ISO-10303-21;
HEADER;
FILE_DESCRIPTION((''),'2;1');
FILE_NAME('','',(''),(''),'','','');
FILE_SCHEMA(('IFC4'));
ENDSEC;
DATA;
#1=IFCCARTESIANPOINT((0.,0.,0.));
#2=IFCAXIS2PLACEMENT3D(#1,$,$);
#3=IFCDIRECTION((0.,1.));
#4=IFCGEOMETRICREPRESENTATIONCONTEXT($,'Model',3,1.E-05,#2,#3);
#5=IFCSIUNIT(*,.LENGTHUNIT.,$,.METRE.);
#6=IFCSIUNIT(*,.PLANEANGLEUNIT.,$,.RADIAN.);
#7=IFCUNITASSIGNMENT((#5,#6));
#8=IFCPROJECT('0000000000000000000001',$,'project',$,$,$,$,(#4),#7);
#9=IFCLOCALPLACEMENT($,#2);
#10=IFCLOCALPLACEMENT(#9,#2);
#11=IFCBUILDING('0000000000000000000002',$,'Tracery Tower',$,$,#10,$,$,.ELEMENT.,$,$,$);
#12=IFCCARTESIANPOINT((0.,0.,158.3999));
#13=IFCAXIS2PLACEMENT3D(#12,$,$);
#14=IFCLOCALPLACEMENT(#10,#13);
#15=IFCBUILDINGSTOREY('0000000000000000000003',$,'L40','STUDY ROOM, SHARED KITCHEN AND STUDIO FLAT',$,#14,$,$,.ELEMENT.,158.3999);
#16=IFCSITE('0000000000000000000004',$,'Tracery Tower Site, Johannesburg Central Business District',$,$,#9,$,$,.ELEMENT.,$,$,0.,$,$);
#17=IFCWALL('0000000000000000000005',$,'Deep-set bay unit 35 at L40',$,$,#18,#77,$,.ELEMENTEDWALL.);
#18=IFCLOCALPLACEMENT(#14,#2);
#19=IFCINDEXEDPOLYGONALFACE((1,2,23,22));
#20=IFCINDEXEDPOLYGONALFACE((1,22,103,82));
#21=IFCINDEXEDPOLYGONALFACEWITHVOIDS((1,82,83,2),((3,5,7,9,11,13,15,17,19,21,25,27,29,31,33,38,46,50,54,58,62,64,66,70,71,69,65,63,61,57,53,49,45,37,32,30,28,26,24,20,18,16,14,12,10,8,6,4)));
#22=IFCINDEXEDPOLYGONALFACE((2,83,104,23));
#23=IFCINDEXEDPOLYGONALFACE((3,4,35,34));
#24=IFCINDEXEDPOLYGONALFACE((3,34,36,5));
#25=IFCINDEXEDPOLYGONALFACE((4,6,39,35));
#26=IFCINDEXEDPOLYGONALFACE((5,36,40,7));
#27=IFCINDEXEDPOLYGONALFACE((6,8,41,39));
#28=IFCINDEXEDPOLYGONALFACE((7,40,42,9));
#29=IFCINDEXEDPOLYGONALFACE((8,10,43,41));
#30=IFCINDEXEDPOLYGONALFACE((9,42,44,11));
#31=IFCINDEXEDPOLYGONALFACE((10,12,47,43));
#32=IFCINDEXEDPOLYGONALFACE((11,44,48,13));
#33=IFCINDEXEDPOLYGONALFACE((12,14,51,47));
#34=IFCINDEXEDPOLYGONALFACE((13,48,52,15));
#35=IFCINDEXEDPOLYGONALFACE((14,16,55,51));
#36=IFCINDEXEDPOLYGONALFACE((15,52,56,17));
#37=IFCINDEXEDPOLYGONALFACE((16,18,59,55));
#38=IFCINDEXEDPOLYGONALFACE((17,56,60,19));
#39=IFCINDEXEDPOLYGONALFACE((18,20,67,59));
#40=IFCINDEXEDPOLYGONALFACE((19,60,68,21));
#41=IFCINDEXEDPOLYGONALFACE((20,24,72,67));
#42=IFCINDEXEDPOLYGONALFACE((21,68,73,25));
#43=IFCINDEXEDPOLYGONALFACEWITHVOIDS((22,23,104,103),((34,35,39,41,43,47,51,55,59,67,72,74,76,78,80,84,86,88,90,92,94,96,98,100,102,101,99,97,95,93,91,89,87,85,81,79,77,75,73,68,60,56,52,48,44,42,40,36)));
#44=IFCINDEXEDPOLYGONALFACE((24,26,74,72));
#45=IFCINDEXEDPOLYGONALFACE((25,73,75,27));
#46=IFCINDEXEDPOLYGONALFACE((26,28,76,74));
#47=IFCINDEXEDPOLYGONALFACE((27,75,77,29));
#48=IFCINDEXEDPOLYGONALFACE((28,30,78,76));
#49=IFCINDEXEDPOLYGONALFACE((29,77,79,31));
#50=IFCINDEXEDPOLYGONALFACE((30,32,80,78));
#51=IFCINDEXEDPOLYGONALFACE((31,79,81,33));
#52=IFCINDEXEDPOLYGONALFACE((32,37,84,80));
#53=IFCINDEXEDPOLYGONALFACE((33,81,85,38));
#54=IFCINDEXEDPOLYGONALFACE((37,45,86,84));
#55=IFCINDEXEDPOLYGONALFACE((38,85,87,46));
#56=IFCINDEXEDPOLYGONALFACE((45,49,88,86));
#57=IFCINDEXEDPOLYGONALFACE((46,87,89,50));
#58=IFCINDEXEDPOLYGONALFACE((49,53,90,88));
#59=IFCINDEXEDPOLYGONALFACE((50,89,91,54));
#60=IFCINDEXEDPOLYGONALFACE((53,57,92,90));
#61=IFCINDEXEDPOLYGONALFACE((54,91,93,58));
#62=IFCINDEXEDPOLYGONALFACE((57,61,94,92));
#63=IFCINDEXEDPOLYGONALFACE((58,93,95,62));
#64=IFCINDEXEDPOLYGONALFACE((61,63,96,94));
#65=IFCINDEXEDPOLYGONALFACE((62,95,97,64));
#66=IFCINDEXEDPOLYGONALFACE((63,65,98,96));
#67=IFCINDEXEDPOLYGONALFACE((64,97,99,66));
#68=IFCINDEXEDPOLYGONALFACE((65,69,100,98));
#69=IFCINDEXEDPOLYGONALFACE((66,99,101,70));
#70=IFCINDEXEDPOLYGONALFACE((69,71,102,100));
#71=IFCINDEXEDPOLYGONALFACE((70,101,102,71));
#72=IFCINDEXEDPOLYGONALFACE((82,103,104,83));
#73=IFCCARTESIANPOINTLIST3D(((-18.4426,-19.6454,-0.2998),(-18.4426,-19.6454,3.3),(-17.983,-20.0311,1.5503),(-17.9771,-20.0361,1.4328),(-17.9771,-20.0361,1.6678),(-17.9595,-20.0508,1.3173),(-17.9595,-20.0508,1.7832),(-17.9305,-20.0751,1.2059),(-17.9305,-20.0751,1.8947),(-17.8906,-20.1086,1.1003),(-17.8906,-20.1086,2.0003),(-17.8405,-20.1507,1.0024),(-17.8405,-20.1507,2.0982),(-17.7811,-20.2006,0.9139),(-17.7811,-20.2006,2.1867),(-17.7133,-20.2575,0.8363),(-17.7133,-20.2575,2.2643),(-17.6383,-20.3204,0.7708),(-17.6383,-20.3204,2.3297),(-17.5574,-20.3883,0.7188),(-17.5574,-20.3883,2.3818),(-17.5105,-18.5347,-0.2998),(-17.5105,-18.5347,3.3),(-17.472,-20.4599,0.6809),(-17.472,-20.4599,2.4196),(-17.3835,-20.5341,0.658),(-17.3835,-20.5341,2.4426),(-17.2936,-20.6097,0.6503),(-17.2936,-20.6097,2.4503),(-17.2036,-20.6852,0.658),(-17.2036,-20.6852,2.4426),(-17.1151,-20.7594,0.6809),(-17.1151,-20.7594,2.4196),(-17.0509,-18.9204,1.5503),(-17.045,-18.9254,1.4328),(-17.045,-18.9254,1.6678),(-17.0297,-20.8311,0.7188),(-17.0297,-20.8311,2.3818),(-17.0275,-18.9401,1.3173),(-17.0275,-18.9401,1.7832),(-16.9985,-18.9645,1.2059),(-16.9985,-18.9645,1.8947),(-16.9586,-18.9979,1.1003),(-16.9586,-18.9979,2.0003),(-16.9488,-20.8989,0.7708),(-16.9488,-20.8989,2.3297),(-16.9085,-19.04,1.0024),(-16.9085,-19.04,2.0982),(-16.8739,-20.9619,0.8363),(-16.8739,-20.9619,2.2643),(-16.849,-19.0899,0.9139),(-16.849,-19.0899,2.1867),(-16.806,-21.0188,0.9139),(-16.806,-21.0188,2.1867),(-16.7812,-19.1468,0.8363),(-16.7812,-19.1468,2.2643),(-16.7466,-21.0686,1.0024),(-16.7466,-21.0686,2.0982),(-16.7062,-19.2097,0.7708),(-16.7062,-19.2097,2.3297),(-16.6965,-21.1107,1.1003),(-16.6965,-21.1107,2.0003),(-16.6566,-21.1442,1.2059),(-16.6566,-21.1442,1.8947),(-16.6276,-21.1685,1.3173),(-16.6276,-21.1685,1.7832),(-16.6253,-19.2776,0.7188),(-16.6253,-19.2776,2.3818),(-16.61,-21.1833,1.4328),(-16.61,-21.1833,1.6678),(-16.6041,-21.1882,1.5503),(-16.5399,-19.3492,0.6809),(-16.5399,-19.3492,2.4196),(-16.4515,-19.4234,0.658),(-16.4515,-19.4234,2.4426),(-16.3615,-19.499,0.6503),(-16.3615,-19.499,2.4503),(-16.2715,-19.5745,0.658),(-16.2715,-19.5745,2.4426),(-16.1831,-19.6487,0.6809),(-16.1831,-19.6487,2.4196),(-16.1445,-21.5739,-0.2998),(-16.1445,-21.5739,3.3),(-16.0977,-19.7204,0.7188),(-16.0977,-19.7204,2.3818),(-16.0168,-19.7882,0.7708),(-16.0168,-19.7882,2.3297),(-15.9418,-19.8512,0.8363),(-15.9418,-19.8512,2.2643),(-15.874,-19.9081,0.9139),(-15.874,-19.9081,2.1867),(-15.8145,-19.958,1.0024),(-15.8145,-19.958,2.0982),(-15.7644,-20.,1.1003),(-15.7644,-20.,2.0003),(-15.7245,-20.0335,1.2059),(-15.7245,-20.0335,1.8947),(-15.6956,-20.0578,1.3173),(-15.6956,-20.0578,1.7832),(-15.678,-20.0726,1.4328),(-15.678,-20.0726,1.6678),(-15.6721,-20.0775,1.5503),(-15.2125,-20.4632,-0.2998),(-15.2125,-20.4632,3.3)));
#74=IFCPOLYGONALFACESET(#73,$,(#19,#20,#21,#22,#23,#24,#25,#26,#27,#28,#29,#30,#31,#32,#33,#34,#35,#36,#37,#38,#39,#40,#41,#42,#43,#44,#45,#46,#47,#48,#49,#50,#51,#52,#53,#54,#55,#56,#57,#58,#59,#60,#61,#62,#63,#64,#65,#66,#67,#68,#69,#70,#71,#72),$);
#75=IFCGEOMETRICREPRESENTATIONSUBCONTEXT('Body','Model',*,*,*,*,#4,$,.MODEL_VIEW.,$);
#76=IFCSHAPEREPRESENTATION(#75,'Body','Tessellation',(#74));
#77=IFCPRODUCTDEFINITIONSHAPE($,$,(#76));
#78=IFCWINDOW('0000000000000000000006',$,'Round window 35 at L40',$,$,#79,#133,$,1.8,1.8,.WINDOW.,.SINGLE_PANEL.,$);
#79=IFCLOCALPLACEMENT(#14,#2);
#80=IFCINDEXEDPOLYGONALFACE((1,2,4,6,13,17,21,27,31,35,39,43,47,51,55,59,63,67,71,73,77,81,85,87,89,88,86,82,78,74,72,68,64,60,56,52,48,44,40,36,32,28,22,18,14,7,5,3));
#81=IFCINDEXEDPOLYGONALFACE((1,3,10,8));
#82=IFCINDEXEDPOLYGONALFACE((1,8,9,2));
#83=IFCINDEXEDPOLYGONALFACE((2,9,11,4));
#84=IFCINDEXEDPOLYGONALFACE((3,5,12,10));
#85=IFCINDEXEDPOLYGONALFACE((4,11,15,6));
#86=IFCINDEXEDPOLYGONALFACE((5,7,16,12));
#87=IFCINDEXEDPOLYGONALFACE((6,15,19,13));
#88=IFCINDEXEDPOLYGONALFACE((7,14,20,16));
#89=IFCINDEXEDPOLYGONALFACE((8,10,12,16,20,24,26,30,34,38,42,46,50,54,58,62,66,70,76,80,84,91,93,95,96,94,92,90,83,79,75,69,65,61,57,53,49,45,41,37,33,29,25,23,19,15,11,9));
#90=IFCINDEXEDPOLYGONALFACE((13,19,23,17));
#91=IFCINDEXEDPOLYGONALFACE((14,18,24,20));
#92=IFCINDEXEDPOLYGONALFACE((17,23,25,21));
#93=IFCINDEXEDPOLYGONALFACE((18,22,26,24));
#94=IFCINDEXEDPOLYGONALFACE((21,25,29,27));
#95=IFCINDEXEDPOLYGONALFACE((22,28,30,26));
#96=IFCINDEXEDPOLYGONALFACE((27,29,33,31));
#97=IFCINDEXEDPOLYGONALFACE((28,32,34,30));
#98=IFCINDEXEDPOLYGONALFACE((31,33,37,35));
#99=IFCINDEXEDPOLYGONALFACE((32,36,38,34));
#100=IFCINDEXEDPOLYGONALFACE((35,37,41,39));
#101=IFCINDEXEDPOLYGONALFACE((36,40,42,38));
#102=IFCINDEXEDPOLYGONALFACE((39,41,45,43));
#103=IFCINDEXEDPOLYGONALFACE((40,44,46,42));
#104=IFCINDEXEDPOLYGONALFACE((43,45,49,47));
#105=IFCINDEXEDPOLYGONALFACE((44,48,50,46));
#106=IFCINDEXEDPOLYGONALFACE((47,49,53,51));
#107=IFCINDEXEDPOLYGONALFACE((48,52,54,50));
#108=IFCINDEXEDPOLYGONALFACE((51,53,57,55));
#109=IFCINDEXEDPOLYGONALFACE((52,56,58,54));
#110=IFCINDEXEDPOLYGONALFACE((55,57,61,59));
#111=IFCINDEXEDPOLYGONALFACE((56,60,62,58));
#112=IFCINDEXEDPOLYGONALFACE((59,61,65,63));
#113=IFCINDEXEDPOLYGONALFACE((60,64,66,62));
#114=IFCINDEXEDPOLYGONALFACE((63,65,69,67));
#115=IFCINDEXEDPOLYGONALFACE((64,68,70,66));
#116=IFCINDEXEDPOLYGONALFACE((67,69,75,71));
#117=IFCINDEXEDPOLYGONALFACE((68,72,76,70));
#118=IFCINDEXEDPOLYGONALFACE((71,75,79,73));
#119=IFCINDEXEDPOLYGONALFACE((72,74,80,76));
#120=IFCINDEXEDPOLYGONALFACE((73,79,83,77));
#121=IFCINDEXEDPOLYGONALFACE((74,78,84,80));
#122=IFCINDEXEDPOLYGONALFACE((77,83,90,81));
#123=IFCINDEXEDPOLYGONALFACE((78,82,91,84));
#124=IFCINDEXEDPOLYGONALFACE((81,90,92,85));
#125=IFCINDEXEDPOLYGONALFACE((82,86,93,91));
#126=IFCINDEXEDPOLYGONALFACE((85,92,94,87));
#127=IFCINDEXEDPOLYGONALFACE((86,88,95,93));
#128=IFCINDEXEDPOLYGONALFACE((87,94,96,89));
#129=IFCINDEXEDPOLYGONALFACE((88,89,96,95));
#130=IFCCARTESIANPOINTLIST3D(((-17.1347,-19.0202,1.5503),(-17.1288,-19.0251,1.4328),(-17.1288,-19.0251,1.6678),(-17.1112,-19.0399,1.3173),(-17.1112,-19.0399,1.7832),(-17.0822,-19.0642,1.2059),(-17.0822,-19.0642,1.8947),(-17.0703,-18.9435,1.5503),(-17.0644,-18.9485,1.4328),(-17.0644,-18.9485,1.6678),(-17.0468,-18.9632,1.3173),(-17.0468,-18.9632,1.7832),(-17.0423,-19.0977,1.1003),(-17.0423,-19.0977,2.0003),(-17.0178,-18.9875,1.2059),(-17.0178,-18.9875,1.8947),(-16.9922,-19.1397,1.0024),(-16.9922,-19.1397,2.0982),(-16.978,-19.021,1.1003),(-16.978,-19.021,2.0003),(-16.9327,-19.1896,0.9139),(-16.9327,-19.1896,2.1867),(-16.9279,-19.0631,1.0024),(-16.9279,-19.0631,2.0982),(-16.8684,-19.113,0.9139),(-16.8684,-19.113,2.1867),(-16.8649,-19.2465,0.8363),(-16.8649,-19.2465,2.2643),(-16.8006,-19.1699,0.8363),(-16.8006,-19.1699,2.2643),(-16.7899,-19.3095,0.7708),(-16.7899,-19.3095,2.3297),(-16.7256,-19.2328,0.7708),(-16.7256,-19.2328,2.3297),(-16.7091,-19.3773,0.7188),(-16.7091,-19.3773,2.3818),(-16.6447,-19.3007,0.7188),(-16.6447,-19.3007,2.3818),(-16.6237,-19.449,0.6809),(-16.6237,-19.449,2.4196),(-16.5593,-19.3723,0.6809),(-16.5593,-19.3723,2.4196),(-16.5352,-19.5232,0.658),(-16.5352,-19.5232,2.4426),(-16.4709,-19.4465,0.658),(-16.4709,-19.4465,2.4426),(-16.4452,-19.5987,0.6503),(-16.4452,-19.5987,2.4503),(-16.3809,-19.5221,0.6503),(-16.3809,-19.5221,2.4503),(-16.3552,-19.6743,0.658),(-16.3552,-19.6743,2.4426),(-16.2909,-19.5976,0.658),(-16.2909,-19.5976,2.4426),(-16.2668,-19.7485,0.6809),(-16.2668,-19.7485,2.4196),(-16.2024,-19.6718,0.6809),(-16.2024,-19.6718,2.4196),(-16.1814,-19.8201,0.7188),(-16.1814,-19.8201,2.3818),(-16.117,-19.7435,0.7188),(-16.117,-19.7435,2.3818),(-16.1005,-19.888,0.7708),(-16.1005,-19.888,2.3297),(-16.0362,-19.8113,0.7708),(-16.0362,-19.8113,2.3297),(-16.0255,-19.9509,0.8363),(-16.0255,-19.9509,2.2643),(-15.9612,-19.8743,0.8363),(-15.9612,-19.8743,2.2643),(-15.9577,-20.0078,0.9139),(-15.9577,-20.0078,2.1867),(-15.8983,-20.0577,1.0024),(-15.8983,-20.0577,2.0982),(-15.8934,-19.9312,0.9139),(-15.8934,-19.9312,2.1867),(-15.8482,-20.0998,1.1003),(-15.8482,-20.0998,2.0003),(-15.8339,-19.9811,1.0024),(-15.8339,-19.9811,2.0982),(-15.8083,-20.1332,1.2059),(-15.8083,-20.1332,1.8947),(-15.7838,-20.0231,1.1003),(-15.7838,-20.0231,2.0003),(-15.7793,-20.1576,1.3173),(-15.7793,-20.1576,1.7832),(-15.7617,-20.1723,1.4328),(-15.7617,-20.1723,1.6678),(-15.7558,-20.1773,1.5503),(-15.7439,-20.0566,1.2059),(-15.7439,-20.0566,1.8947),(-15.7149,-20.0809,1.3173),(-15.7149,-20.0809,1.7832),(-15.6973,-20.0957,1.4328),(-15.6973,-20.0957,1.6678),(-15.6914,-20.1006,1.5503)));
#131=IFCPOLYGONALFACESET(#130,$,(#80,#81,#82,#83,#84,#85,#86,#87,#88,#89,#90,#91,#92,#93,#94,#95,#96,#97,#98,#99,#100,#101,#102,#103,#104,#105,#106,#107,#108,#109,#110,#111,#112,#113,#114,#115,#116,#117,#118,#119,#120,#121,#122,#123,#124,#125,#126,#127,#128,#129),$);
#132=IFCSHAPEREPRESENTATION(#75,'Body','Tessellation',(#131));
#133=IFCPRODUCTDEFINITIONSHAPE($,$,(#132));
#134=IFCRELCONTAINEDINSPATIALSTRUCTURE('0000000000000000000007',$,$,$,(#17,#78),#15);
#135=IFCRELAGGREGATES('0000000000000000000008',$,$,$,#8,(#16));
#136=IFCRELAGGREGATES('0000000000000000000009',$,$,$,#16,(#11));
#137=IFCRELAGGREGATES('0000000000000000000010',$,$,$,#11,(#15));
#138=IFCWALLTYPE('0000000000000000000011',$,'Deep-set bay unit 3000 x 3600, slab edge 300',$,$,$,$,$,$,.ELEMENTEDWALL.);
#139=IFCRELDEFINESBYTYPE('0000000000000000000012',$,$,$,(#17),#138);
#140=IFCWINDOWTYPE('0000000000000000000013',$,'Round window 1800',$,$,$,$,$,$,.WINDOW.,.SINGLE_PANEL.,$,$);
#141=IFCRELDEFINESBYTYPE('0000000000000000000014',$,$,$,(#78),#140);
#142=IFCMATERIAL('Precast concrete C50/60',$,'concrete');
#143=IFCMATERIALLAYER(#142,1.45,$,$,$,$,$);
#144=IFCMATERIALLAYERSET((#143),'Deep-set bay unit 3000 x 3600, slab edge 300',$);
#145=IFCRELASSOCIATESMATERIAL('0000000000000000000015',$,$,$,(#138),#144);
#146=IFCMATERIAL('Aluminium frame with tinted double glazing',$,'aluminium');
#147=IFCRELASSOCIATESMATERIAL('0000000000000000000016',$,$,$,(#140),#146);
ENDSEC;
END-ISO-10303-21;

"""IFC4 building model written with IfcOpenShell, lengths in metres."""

from ifc_helpers import new_model, si_unit, direction, frame, frame_2d, origin, origin_2d, place, context, subcontext, project, spatial, rectangle, circle, extrude, material, layer, layer_set, type_object, element, fill, save


model = new_model("IFC4")

# Units and contexts
model_context = context("Model", 3, precision=1e-05, world=origin(), true_north=direction((0.0, 1.0)))
body_context = subcontext(model_context, "Body", "Model", "MODEL_VIEW")
ifc_project = project(units=[si_unit("LENGTHUNIT", "METRE"), si_unit("PLANEANGLEUNIT", "RADIAN")], contexts=[model_context])

# Site, building, storey
site_placement = place(None, origin())
site = spatial("IfcSite", under=ifc_project, at=site_placement, Name="Tracery Tower Site, Johannesburg Central Business District", CompositionType="ELEMENT", RefElevation=0.0)
building_placement = place(site_placement, origin())
building = spatial("IfcBuilding", under=site, at=building_placement, Name="Tracery Tower", CompositionType="ELEMENT")
storey_placement = place(building_placement, frame((0.0, 0.0, 158.3999)))
storey = spatial("IfcBuildingStorey", under=building, at=storey_placement, Name="L40", Description="STUDY ROOM, SHARED KITCHEN AND STUDIO FLAT", CompositionType="ELEMENT", Elevation=158.3999)

# Wall, opening, window
ifc_material_1 = material(Name="Precast concrete C50/60", Category="concrete")
ifc_layer_1 = layer(ifc_material_1, 1.45)
ifc_layer_set_1 = layer_set([ifc_layer_1], Name="Deep-set bay unit 3000 x 3600, slab edge 300")
wall_type_1 = type_object("IfcWallType", Name="Deep-set bay unit 3000 x 3600, slab edge 300", PredefinedType="ELEMENTEDWALL", material=ifc_layer_set_1)
ifc_material_2 = material(Name="Aluminium frame with tinted double glazing", Category="aluminium")
window_type = type_object("IfcWindowType", Name="Round window 1800", PartitioningType="SINGLE_PANEL", PredefinedType="WINDOW", material=ifc_material_2)
wall_1_placement = place(storey_placement, frame((-17.9766, -19.0901, -0.2998), z_axis=(0.0, 0.0, 1.0), x_axis=(0.766022, -0.642814, 0.0)))
wall_1 = element("IfcWall", 1, at=wall_1_placement, inside=storey, type_object=wall_type_1, Name="Deep-set bay unit 35 at L40", PredefinedType="ELEMENTEDWALL", context=body_context, shape_type="SweptSolid", body=[
    extrude(rectangle(XDim=3.0, YDim=1.45, at=frame_2d((1.5, 0.0))), origin(), (0.0, 0.0, 1.0), 3.5999),
])
opening_1_placement = place(wall_1_placement, frame((1.5, 0.0, 1.8501)))
opening_1 = element("IfcOpeningElement", 2, at=opening_1_placement, cuts=wall_1, PredefinedType="OPENING", context=body_context, shape_type="SweptSolid", body=[
    extrude(circle(Radius=0.9, at=origin_2d()), frame((0.0, 0.7349, 0.0), z_axis=(0.0, -1.0, 0.0), x_axis=(1.0, 0.0, 0.0)), (0.0, 0.0, 1.0), 1.47),
])
window_1_placement = place(opening_1_placement, origin())
window_1 = element("IfcWindow", 3, at=window_1_placement, inside=storey, type_object=window_type, Name="Round window 35 at L40", OverallHeight=1.8, OverallWidth=1.8, PartitioningType="SINGLE_PANEL", PredefinedType="WINDOW", context=body_context, shape_type="SweptSolid", body=[
    extrude(circle(Radius=0.9, at=origin_2d()), frame((0.0, 0.6948, 0.0), z_axis=(0.0, -1.0, 0.0), x_axis=(1.0, 0.0, 0.0)), (0.0, 0.0, 1.0), 0.1001),
])
fill(opening_1, window_1)

save(model, "model.ifc")
